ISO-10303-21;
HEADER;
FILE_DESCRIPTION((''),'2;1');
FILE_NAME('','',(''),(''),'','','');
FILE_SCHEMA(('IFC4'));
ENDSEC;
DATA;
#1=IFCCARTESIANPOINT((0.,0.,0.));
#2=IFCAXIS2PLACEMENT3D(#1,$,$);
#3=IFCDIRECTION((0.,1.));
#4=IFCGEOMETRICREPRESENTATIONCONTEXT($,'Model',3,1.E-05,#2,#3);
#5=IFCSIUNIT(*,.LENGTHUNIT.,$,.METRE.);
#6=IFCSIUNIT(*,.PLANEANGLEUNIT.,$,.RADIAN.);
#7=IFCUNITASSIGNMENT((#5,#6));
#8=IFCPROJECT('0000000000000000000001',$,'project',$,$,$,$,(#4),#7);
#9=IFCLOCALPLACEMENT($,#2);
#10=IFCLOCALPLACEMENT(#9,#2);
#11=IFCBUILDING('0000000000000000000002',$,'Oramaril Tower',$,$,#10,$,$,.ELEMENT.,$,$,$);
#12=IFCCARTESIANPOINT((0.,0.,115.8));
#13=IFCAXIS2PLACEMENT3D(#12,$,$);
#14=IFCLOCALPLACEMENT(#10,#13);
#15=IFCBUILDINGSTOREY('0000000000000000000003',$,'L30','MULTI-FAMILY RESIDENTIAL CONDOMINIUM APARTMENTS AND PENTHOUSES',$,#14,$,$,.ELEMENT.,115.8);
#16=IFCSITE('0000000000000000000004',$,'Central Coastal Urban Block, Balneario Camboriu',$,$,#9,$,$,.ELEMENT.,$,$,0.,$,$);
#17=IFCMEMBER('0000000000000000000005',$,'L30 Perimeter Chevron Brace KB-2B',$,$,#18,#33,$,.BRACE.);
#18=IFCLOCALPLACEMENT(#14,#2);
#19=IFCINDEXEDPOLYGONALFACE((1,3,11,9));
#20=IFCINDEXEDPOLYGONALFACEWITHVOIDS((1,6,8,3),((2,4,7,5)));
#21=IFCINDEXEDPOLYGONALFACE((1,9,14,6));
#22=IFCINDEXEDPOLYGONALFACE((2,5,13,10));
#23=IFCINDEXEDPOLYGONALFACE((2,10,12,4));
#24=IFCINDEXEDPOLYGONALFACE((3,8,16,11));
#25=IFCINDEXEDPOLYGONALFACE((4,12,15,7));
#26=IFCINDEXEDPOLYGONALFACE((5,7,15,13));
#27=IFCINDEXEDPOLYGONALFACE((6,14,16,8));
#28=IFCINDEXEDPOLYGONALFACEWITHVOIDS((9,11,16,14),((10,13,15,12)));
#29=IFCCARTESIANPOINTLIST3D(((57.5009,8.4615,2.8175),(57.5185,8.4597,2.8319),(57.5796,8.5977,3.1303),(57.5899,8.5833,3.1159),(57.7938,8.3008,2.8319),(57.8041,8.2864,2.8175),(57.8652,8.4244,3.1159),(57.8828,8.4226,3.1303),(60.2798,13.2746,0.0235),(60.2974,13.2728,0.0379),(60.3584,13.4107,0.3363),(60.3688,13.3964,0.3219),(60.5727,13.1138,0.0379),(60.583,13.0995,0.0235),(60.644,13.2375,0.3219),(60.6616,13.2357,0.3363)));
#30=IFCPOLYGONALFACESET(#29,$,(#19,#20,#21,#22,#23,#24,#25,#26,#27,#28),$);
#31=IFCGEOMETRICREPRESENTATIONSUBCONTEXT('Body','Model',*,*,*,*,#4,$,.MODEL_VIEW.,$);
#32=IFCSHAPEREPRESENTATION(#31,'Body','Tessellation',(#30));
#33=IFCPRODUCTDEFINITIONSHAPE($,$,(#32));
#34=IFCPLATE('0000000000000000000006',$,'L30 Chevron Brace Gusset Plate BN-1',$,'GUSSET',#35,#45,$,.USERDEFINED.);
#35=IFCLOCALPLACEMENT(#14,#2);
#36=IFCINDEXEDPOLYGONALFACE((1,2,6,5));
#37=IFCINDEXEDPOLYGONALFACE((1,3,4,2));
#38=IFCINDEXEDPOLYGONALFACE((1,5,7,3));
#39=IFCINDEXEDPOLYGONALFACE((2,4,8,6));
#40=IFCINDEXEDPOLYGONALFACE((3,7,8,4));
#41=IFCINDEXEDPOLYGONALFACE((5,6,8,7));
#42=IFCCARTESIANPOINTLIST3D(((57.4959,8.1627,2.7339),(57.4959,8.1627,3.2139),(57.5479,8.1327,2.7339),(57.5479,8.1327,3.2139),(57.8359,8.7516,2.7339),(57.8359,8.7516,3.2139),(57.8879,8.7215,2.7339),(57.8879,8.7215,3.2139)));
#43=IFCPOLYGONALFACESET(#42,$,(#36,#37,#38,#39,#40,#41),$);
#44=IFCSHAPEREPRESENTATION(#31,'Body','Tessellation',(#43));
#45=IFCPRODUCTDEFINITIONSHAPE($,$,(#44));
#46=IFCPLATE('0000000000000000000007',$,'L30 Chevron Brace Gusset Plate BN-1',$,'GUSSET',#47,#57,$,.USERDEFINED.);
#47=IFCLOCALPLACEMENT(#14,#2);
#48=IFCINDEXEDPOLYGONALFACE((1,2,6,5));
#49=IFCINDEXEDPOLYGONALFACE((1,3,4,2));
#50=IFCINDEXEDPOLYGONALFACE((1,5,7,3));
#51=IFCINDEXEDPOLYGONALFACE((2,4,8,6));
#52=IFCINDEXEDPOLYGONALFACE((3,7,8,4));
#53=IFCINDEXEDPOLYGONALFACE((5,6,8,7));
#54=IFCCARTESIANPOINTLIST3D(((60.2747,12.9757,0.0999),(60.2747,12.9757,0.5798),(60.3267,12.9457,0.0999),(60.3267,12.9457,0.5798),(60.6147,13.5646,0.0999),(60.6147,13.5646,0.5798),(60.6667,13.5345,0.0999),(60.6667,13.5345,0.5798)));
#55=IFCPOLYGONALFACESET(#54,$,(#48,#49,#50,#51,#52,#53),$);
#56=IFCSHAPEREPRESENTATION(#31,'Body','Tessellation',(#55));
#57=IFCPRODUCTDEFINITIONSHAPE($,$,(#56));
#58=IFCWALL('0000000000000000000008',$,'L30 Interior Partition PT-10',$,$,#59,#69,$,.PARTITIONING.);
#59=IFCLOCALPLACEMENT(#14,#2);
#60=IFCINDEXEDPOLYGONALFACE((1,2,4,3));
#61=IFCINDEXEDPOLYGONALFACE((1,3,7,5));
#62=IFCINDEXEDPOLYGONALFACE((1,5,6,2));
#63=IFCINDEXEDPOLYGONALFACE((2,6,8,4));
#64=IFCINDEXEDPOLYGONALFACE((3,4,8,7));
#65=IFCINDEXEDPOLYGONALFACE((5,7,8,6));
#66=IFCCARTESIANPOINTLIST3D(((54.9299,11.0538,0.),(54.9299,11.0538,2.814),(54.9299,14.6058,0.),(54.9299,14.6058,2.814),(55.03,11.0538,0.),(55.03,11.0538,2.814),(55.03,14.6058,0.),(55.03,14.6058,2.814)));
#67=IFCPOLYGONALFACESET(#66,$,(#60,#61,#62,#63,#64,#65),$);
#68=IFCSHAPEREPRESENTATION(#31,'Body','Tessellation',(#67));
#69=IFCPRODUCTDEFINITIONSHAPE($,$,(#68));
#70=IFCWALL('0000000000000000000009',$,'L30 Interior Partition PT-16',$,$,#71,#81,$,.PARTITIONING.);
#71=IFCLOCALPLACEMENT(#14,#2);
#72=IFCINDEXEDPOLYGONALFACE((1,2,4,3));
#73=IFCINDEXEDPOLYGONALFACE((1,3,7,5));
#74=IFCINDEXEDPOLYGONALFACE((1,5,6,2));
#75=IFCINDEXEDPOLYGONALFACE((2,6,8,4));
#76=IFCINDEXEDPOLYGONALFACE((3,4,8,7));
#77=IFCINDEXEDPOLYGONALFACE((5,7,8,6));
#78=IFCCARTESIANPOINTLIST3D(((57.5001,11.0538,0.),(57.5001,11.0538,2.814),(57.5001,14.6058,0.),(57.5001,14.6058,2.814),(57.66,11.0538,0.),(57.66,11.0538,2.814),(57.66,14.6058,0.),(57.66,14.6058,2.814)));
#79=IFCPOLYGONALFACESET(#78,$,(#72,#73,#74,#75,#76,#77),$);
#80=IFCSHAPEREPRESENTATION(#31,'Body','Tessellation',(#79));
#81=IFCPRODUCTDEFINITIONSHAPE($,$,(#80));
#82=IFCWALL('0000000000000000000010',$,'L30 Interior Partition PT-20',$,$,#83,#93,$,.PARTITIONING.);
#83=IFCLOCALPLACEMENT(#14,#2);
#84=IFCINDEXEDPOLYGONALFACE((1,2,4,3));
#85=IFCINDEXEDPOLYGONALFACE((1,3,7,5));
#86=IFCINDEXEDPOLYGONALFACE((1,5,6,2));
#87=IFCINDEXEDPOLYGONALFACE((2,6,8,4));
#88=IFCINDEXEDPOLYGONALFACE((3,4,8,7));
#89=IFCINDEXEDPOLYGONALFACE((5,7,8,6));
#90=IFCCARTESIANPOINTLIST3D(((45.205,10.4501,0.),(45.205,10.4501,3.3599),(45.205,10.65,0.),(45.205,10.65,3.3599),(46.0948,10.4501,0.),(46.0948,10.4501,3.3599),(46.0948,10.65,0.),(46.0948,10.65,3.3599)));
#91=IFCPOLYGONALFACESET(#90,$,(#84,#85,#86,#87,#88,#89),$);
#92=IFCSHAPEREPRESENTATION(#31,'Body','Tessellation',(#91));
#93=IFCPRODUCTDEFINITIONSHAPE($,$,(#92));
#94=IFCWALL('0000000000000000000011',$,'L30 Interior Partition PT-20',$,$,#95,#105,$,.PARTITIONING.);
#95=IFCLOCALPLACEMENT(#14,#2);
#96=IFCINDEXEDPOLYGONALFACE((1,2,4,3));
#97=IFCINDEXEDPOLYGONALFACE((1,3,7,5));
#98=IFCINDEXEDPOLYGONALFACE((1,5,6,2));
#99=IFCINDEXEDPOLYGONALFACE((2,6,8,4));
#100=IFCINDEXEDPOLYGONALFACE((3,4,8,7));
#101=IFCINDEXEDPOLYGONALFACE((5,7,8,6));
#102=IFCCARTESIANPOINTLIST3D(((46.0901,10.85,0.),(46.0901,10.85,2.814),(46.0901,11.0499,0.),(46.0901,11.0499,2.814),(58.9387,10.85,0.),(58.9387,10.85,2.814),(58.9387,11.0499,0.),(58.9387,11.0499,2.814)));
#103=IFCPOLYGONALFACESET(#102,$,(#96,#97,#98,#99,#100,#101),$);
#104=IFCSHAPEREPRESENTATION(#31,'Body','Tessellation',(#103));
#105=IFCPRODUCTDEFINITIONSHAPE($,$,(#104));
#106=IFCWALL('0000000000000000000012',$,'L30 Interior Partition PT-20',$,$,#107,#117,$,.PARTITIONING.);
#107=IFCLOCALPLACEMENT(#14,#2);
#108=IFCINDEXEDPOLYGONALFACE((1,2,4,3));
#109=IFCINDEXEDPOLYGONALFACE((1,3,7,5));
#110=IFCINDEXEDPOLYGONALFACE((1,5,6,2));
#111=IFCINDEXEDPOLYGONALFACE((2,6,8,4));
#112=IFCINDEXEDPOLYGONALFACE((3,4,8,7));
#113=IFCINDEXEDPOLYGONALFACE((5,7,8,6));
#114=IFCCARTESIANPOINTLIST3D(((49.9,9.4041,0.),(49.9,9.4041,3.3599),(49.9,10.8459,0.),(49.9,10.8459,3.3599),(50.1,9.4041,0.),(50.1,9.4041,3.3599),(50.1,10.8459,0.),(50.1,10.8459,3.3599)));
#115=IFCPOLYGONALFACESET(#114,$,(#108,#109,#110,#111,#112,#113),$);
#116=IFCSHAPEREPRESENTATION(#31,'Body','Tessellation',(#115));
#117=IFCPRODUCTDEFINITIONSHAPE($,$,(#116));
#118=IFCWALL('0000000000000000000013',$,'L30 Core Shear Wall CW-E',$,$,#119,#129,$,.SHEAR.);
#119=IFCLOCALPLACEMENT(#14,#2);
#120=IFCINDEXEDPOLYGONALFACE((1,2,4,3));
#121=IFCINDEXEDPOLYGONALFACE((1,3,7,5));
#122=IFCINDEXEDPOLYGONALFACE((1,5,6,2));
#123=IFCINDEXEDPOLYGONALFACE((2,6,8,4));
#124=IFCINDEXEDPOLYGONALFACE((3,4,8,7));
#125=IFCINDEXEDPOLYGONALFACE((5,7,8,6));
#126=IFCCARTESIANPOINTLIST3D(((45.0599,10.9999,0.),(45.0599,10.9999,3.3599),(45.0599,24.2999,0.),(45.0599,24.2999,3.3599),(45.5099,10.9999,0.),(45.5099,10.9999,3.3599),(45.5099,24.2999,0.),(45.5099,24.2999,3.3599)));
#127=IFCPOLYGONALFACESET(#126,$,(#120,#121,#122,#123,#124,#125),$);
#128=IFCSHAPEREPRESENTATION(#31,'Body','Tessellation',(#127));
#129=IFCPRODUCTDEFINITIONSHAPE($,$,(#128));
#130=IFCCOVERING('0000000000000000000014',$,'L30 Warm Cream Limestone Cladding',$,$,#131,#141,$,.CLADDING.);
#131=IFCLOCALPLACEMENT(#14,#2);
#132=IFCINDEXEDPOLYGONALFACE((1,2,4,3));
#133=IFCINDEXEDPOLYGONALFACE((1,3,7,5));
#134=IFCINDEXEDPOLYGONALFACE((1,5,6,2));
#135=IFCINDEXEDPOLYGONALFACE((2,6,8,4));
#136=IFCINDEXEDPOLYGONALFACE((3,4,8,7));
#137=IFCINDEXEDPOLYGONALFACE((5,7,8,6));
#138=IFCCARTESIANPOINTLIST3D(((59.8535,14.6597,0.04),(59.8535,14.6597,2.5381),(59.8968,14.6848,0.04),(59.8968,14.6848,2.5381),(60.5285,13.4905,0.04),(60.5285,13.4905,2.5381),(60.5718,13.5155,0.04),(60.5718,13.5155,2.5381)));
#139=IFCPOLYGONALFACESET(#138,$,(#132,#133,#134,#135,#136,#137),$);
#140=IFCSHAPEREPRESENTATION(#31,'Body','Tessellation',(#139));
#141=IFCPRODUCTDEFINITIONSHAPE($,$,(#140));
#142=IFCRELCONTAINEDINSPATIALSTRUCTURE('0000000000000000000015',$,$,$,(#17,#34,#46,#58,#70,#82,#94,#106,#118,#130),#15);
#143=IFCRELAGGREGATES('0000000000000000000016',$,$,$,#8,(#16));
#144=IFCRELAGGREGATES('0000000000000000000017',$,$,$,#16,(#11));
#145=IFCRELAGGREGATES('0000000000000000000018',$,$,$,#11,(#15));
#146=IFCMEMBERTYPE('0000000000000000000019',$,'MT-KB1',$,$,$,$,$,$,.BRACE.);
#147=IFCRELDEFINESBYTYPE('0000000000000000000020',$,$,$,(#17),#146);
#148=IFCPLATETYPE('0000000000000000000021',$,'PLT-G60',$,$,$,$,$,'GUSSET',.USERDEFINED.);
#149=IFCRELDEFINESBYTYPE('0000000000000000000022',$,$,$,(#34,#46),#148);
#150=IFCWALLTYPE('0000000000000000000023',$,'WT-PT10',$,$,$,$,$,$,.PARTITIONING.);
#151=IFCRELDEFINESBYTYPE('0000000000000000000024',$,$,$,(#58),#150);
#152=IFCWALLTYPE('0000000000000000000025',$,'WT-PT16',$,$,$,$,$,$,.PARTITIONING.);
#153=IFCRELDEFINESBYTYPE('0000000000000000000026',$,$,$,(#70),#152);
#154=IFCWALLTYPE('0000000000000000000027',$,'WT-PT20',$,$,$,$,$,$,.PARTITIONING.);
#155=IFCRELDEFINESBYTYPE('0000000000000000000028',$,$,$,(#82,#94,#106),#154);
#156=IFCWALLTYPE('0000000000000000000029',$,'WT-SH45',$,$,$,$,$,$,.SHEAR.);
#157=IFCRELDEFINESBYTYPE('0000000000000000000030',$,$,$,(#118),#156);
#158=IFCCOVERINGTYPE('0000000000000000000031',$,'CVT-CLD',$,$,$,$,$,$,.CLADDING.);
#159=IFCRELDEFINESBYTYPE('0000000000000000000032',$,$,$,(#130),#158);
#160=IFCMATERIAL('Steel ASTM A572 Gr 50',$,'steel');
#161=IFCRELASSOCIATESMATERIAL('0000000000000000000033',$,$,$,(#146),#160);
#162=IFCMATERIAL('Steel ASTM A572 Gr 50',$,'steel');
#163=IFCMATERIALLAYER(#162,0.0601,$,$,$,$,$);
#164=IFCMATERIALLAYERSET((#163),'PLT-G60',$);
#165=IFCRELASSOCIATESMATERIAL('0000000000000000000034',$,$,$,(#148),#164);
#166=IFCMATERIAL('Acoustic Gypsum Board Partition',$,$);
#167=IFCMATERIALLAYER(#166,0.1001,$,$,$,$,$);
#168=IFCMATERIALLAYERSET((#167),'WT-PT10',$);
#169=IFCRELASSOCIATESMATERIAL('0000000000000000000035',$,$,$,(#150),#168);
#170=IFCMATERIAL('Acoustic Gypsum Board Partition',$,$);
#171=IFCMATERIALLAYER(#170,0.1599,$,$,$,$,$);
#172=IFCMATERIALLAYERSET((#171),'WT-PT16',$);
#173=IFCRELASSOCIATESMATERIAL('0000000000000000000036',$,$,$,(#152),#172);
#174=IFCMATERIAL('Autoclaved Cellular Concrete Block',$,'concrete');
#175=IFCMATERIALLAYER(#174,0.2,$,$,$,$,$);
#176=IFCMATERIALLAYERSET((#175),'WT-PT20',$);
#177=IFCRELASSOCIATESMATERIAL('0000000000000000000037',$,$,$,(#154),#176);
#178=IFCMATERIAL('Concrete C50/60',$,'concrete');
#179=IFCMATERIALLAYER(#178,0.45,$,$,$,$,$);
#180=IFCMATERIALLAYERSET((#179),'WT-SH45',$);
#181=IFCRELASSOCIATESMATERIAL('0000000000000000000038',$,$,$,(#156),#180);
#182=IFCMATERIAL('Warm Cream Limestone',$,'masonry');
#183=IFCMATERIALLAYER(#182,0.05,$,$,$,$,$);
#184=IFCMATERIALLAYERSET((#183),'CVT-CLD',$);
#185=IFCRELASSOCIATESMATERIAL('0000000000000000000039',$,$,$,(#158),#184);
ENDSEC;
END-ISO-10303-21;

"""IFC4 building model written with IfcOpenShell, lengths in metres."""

from ifc_helpers import new_model, si_unit, direction, frame, frame_2d, origin, origin_2d, place, context, subcontext, project, spatial, rectangle, hollow_rectangle, extrude, material, layer, layer_set, material_profile, profile_set, type_object, element, save


model = new_model("IFC4")

# Units and contexts
model_context = context("Model", 3, precision=1e-05, world=origin(), true_north=direction((0.0, 1.0)))
body_context = subcontext(model_context, "Body", "Model", "MODEL_VIEW")
ifc_project = project(units=[si_unit("LENGTHUNIT", "METRE"), si_unit("PLANEANGLEUNIT", "RADIAN")], contexts=[model_context])

# Site, building, storey
site_placement = place(None, origin())
site = spatial("IfcSite", under=ifc_project, at=site_placement, Name="Central Coastal Urban Block, Balneario Camboriu", CompositionType="ELEMENT", RefElevation=0.0)
building_placement = place(site_placement, origin())
building = spatial("IfcBuilding", under=site, at=building_placement, Name="Oramaril Tower", CompositionType="ELEMENT")
storey_placement = place(building_placement, frame((0.0, 0.0, 115.8)))
storey = spatial("IfcBuildingStorey", under=building, at=storey_placement, Name="L30", Description="MULTI-FAMILY RESIDENTIAL CONDOMINIUM APARTMENTS AND PENTHOUSES", CompositionType="ELEMENT", Elevation=115.8)

# Member
ifc_material_1 = material(Name="Steel ASTM A572 Gr 50", Category="steel")
ifc_material_profile_1 = material_profile(ifc_material_1, hollow_rectangle(XDim=0.3501, YDim=0.3501, WallThickness=0.0161, at=origin_2d()), Name="HSS350X350X16")
ifc_profile_set_1 = profile_set([ifc_material_profile_1], Name="Steel ASTM A572 Gr 50")
member_type = type_object("IfcMemberType", Name="MT-KB1", PredefinedType="BRACE", material=ifc_profile_set_1)
member_placement = place(storey_placement, frame((60.4707, 13.2551, 0.1799), z_axis=(-0.446729, -0.773749, 0.449162), x_axis=(0.866023, -0.500004, 0.0)))
element("IfcMember", 1, at=member_placement, inside=storey, type_object=member_type, Name="L30 Perimeter Chevron Brace KB-2B", PredefinedType="BRACE", context=body_context, shape_type="SweptSolid", body=[
    extrude(hollow_rectangle(XDim=0.3501, YDim=0.3501, WallThickness=0.0161, at=origin_2d()), origin(), (0.0, 0.0, 1.0), 6.2205),
])

# Plates
ifc_material_2 = material(Name="Steel ASTM A572 Gr 50", Category="steel")
ifc_layer_1 = layer(ifc_material_2, 0.0601)
ifc_layer_set_1 = layer_set([ifc_layer_1], Name="PLT-G60")
plate_type = type_object("IfcPlateType", Name="PLT-G60", ElementType="GUSSET", PredefinedType="USERDEFINED", material=ifc_layer_set_1)
for number, where, z_axis, x_axis, name in (
    (2, (57.6919, 8.4421, 2.7339), (0.0, 0.0, 1.0), (0.500003, 0.866024, 0.0), "L30 Chevron Brace Gusset Plate BN-1"),
    (3, (60.4707, 13.2551, 0.0999), (0.0, 0.0, 1.0), (0.500003, 0.866024, 0.0), "L30 Chevron Brace Gusset Plate BN-1"),
):
    element("IfcPlate", number, at=place(storey_placement, frame(where, z_axis=z_axis, x_axis=x_axis)), inside=storey, type_object=plate_type, Name=name, ObjectType="GUSSET", PredefinedType="USERDEFINED", context=body_context, shape_type="SweptSolid", body=[
        extrude(rectangle(XDim=0.6799, YDim=0.0601, at=origin_2d()), origin(), (0.0, 0.0, 1.0), 0.48),
    ])

# Wall
ifc_material_3 = material(Name="Acoustic Gypsum Board Partition")
ifc_layer_2 = layer(ifc_material_3, 0.1001)
ifc_layer_set_2 = layer_set([ifc_layer_2], Name="WT-PT10")
wall_type_1 = type_object("IfcWallType", Name="WT-PT10", PredefinedType="PARTITIONING", material=ifc_layer_set_2)
wall_1_placement = place(storey_placement, frame((54.98, 11.054, 0.0), z_axis=(0.0, 0.0, 1.0), x_axis=(0.0, 1.0, 0.0)))
element("IfcWall", 4, at=wall_1_placement, inside=storey, type_object=wall_type_1, Name="L30 Interior Partition PT-10", PredefinedType="PARTITIONING", context=body_context, shape_type="SweptSolid", body=[
    extrude(rectangle(XDim=3.552, YDim=0.1001, at=frame_2d((1.7759, 0.0))), origin(), (0.0, 0.0, 1.0), 2.814),
])

# Shared definitions
ifc_material_4 = material(Name="Acoustic Gypsum Board Partition")
ifc_layer_3 = layer(ifc_material_4, 0.1599)
ifc_layer_set_3 = layer_set([ifc_layer_3], Name="WT-PT16")
wall_type_2 = type_object("IfcWallType", Name="WT-PT16", PredefinedType="PARTITIONING", material=ifc_layer_set_3)

# Walls
wall_2_placement = place(storey_placement, frame((57.5801, 11.054, 0.0), z_axis=(0.0, 0.0, 1.0), x_axis=(0.0, 1.0, 0.0)))
element("IfcWall", 5, at=wall_2_placement, inside=storey, type_object=wall_type_2, Name="L30 Interior Partition PT-16", PredefinedType="PARTITIONING", context=body_context, shape_type="SweptSolid", body=[
    extrude(rectangle(XDim=3.552, YDim=0.1599, at=frame_2d((1.7759, 0.0))), origin(), (0.0, 0.0, 1.0), 2.814),
])
ifc_material_5 = material(Name="Autoclaved Cellular Concrete Block", Category="concrete")
ifc_layer_4 = layer(ifc_material_5, 0.2)
ifc_layer_set_4 = layer_set([ifc_layer_4], Name="WT-PT20")
wall_type_3 = type_object("IfcWallType", Name="WT-PT20", PredefinedType="PARTITIONING", material=ifc_layer_set_4)
wall_3_placement = place(storey_placement, frame((45.2051, 10.55, 0.0), z_axis=(0.0, 0.0, 1.0), x_axis=(1.0, 0.0, 0.0)))
element("IfcWall", 6, at=wall_3_placement, inside=storey, type_object=wall_type_3, Name="L30 Interior Partition PT-20", PredefinedType="PARTITIONING", context=body_context, shape_type="SweptSolid", body=[
    extrude(rectangle(XDim=0.8899, YDim=0.2, at=frame_2d((0.4448, 0.0))), origin(), (0.0, 0.0, 1.0), 3.3599),
])
wall_4_placement = place(storey_placement, frame((46.0901, 10.95, 0.0), z_axis=(0.0, 0.0, 1.0), x_axis=(1.0, 0.0, 0.0)))
element("IfcWall", 7, at=wall_4_placement, inside=storey, type_object=wall_type_3, Name="L30 Interior Partition PT-20", PredefinedType="PARTITIONING", context=body_context, shape_type="SweptSolid", body=[
    extrude(rectangle(XDim=12.8486, YDim=0.2, at=frame_2d((6.4243, 0.0))), origin(), (0.0, 0.0, 1.0), 2.814),
])
wall_5_placement = place(storey_placement, frame((50.0, 9.4041, 0.0), z_axis=(0.0, 0.0, 1.0), x_axis=(0.0, 1.0, 0.0)))
element("IfcWall", 8, at=wall_5_placement, inside=storey, type_object=wall_type_3, Name="L30 Interior Partition PT-20", PredefinedType="PARTITIONING", context=body_context, shape_type="SweptSolid", body=[
    extrude(rectangle(XDim=1.4419, YDim=0.2, at=frame_2d((0.7209, 0.0))), origin(), (0.0, 0.0, 1.0), 3.3599),
])
ifc_material_6 = material(Name="Concrete C50/60", Category="concrete")
ifc_layer_5 = layer(ifc_material_6, 0.45)
ifc_layer_set_5 = layer_set([ifc_layer_5], Name="WT-SH45")
wall_type_4 = type_object("IfcWallType", Name="WT-SH45", PredefinedType="SHEAR", material=ifc_layer_set_5)
wall_6_placement = place(storey_placement, frame((45.2849, 11.0, 0.0), z_axis=(0.0, 0.0, 1.0), x_axis=(0.0, 1.0, 0.0)))
element("IfcWall", 9, at=wall_6_placement, inside=storey, type_object=wall_type_4, Name="L30 Core Shear Wall CW-E", PredefinedType="SHEAR", context=body_context, shape_type="SweptSolid", body=[
    extrude(rectangle(XDim=13.3, YDim=0.45, at=frame_2d((6.6499, 0.0))), origin(), (0.0, 0.0, 1.0), 3.3599),
])

# Covering
ifc_material_7 = material(Name="Warm Cream Limestone", Category="masonry")
ifc_layer_6 = layer(ifc_material_7, 0.05)
ifc_layer_set_6 = layer_set([ifc_layer_6], Name="CVT-CLD")
covering_type = type_object("IfcCoveringType", Name="CVT-CLD", PredefinedType="CLADDING", material=ifc_layer_set_6)
covering_placement = place(storey_placement, frame((60.2126, 14.0876, 0.04), z_axis=(0.0, 0.0, 1.0), x_axis=(-0.499998, 0.866026, 0.0)))
element("IfcCovering", 10, at=covering_placement, inside=storey, type_object=covering_type, Name="L30 Warm Cream Limestone Cladding", PredefinedType="CLADDING", context=body_context, shape_type="SweptSolid", body=[
    extrude(rectangle(XDim=1.3501, YDim=0.05, at=origin_2d()), origin(), (0.0, 0.0, 1.0), 2.498),
])

save(model, "model.ifc")
